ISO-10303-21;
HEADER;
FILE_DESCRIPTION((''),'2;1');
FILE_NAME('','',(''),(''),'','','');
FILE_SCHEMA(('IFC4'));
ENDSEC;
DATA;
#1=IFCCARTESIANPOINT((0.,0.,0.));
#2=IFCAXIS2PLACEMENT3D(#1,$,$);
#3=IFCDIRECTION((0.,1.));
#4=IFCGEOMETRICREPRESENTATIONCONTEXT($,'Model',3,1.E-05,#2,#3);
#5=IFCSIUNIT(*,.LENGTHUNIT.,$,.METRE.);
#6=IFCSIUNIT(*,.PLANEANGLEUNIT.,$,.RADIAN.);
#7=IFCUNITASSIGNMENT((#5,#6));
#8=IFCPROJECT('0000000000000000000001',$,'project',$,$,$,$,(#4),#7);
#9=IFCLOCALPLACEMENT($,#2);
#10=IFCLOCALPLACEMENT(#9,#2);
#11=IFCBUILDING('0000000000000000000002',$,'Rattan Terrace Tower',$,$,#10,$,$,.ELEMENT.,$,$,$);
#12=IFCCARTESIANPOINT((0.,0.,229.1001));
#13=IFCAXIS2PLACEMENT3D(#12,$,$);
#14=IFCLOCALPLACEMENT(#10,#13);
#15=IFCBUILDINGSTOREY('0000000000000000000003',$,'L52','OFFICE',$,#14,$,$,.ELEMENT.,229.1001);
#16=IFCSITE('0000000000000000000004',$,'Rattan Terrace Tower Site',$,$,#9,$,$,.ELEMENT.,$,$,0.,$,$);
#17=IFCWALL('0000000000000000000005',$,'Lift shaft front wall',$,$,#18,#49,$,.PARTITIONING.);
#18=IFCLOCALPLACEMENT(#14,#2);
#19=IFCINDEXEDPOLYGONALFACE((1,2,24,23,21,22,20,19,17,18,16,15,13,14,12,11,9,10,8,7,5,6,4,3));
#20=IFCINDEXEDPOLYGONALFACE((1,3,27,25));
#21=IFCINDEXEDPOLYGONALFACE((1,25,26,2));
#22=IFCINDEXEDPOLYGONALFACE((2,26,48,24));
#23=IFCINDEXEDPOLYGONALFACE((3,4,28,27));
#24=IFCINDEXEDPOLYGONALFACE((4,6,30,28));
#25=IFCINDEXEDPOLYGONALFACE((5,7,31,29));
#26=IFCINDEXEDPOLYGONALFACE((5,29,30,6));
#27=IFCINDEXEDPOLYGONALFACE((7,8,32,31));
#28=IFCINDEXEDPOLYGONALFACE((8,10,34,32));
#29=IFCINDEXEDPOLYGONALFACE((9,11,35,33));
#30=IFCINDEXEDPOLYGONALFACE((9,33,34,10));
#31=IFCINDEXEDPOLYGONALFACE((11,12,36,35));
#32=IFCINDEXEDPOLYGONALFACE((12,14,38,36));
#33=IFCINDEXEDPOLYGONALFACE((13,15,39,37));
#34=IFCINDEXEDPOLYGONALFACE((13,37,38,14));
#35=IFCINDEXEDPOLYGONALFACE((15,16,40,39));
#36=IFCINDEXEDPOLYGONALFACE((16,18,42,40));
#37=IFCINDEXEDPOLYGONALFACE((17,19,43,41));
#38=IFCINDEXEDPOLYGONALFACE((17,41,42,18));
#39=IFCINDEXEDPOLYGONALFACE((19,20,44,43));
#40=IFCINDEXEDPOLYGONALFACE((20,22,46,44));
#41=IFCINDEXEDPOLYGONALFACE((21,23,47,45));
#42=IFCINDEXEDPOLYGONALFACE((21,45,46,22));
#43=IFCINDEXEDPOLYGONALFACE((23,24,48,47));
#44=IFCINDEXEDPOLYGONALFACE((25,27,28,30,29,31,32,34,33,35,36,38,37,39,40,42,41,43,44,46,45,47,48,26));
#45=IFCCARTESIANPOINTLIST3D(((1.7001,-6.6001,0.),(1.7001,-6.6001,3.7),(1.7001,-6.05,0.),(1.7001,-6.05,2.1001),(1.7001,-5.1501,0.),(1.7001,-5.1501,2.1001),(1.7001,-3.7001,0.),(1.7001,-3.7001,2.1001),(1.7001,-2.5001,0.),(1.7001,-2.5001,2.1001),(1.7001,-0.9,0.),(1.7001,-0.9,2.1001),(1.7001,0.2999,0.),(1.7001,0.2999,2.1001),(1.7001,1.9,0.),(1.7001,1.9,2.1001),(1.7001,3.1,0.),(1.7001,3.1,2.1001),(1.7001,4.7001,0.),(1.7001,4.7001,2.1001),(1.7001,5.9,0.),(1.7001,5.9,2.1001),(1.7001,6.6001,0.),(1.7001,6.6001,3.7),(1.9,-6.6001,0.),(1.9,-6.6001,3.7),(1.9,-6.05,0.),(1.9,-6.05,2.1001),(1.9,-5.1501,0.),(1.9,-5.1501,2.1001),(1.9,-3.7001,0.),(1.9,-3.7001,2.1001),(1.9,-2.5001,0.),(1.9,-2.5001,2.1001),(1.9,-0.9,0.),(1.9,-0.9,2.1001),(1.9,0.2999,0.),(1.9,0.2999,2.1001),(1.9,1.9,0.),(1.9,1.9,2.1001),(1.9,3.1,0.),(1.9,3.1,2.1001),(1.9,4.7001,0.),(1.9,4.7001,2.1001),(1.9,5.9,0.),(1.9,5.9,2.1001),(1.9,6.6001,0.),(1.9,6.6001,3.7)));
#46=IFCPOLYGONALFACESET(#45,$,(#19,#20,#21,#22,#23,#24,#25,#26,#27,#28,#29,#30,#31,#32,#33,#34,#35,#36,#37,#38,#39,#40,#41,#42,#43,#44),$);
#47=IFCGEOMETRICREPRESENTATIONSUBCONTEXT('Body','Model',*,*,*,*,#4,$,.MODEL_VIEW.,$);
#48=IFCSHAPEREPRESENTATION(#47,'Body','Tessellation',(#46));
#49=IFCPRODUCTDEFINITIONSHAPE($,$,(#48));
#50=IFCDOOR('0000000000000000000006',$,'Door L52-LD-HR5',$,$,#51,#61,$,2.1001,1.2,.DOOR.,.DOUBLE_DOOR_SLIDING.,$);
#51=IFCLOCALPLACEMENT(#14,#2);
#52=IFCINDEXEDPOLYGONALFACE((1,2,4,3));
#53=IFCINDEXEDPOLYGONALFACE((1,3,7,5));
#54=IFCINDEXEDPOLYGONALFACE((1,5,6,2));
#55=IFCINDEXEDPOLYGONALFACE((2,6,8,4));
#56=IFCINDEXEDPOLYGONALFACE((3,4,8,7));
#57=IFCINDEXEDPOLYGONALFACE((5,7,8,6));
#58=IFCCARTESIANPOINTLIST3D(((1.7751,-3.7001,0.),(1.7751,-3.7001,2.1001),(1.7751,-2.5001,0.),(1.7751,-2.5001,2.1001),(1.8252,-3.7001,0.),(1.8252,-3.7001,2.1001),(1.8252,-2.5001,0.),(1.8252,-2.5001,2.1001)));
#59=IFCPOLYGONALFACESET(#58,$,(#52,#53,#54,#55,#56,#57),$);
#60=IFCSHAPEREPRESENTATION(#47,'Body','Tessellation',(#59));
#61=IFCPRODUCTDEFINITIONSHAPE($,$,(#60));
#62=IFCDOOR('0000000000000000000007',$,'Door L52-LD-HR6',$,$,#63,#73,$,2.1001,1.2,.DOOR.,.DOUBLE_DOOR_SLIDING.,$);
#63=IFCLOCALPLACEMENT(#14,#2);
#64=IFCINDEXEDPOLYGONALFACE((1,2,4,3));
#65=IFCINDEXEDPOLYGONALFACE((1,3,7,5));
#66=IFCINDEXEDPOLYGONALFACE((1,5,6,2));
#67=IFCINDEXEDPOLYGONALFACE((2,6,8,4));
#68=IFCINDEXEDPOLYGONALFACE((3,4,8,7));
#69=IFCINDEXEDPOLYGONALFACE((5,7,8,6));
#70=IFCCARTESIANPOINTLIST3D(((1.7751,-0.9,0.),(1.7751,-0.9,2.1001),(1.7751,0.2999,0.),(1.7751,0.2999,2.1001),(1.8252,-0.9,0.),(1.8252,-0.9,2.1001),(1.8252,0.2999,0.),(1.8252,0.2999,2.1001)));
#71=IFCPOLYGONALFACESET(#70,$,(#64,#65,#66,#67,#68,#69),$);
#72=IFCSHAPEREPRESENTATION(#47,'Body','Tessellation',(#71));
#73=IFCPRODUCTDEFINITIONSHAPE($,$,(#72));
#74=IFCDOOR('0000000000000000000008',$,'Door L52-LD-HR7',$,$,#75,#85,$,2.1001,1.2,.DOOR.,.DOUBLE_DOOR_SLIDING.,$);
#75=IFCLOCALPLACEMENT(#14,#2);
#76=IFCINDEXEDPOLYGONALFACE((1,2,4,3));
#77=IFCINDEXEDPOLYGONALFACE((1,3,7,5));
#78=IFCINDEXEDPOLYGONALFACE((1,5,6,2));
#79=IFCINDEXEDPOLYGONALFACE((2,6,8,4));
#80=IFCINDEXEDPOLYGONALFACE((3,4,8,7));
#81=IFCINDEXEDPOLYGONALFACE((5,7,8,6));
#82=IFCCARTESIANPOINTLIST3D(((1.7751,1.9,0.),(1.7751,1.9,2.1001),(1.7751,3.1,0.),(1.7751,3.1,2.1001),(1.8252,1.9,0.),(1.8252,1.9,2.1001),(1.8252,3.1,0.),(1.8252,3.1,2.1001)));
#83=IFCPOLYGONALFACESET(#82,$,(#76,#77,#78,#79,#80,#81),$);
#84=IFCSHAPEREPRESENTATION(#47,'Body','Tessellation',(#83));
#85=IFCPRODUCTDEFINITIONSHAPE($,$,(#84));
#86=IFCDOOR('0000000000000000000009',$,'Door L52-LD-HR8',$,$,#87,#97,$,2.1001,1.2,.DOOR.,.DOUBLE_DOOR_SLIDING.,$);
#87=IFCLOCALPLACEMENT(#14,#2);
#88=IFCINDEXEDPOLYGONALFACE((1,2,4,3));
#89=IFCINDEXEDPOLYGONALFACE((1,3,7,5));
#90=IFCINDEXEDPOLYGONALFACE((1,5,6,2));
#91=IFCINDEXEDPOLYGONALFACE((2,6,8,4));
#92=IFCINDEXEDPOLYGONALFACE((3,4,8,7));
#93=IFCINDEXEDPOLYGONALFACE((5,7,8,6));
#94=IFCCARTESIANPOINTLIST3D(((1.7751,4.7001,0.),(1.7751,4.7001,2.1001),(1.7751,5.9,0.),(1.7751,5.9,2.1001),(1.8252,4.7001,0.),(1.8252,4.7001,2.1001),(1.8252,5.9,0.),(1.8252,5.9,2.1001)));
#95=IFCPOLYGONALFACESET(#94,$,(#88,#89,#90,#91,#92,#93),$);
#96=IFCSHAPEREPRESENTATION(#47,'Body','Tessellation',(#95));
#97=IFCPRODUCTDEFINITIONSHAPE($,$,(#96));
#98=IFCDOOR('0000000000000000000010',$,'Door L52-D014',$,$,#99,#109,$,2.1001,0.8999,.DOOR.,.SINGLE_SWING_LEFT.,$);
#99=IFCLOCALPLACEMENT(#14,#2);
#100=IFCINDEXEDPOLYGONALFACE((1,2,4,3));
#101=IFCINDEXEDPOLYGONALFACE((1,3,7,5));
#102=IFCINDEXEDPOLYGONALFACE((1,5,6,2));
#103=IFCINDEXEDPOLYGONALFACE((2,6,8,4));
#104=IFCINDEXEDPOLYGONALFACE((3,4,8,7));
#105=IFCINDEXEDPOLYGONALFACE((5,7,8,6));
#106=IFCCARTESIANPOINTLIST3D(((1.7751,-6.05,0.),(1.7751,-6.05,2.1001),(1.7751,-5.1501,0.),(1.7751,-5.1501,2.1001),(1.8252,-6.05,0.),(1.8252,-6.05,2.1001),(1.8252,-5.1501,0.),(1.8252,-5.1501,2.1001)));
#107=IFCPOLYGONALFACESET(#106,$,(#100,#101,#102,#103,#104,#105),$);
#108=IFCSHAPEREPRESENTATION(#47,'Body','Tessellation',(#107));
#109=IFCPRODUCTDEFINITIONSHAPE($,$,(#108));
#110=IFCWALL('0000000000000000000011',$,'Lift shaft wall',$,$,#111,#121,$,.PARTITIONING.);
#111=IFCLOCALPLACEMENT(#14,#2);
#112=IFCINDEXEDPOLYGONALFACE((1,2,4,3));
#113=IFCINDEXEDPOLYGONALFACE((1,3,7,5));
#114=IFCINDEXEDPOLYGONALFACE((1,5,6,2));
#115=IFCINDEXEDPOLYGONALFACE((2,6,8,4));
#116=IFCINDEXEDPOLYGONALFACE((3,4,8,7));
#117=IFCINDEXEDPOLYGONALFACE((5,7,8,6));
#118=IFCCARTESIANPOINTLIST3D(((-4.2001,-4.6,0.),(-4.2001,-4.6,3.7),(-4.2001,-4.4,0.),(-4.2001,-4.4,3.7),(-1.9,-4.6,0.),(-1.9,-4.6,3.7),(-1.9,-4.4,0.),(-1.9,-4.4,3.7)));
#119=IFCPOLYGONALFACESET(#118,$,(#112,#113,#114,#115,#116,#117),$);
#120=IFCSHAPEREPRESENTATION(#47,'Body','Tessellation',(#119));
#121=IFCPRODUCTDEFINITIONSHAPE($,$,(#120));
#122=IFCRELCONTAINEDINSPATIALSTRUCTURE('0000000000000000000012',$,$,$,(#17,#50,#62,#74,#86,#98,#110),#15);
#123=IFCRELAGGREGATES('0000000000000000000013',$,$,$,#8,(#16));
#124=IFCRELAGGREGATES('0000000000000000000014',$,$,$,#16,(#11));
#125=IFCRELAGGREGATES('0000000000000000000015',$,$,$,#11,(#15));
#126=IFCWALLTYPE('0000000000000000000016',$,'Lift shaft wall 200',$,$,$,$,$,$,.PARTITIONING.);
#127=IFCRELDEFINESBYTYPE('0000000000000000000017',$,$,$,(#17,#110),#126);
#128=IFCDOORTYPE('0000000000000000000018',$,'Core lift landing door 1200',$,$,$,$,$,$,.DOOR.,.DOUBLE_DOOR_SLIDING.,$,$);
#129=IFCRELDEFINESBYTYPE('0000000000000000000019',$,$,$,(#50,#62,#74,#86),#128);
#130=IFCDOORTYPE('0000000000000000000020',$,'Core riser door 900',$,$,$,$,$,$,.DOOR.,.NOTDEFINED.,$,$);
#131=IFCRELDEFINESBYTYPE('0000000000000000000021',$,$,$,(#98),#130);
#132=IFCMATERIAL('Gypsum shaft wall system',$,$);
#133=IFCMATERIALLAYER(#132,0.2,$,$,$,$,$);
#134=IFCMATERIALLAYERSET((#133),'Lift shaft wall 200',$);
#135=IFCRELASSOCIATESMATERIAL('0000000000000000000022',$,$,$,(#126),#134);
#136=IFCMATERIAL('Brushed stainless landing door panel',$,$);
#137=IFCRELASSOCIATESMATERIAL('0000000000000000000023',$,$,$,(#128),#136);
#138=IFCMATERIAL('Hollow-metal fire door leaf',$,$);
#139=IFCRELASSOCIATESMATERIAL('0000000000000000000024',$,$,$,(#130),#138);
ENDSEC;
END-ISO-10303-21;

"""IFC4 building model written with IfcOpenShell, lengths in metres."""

from ifc_helpers import new_model, si_unit, direction, frame, frame_2d, origin, place, context, subcontext, project, spatial, rectangle, extrude, material, layer, layer_set, type_object, element, fill, save


model = new_model("IFC4")

# Units and contexts
model_context = context("Model", 3, precision=1e-05, world=origin(), true_north=direction((0.0, 1.0)))
body_context = subcontext(model_context, "Body", "Model", "MODEL_VIEW")
ifc_project = project(units=[si_unit("LENGTHUNIT", "METRE"), si_unit("PLANEANGLEUNIT", "RADIAN")], contexts=[model_context])

# Site, building, storey
site_placement = place(None, origin())
site = spatial("IfcSite", under=ifc_project, at=site_placement, Name="Rattan Terrace Tower Site", CompositionType="ELEMENT", RefElevation=0.0)
building_placement = place(site_placement, origin())
building = spatial("IfcBuilding", under=site, at=building_placement, Name="Rattan Terrace Tower", CompositionType="ELEMENT")
storey_placement = place(building_placement, frame((0.0, 0.0, 229.1001)))
storey = spatial("IfcBuildingStorey", under=building, at=storey_placement, Name="L52", Description="OFFICE", CompositionType="ELEMENT", Elevation=229.1001)

# Wall, openings, doors
ifc_material_1 = material(Name="Gypsum shaft wall system")
ifc_layer_1 = layer(ifc_material_1, 0.2)
ifc_layer_set_1 = layer_set([ifc_layer_1], Name="Lift shaft wall 200")
wall_type_1 = type_object("IfcWallType", Name="Lift shaft wall 200", PredefinedType="PARTITIONING", material=ifc_layer_set_1)
ifc_material_2 = material(Name="Brushed stainless landing door panel")
door_type_1 = type_object("IfcDoorType", Name="Core lift landing door 1200", OperationType="DOUBLE_DOOR_SLIDING", PredefinedType="DOOR", material=ifc_material_2)
ifc_material_3 = material(Name="Hollow-metal fire door leaf")
door_type_2 = type_object("IfcDoorType", Name="Core riser door 900", OperationType="NOTDEFINED", PredefinedType="DOOR", material=ifc_material_3)
wall_1_placement = place(storey_placement, frame((1.8, -6.6001, 0.0), z_axis=(0.0, 0.0, 1.0), x_axis=(0.0, 1.0, 0.0)))
wall_1 = element("IfcWall", 1, at=wall_1_placement, inside=storey, type_object=wall_type_1, Name="Lift shaft front wall", PredefinedType="PARTITIONING", context=body_context, shape_type="SweptSolid", body=[
    extrude(rectangle(XDim=13.2002, YDim=0.2, at=frame_2d((6.6001, 0.0))), origin(), (0.0, 0.0, 1.0), 3.7),
])
opening_1_placement = place(wall_1_placement, frame((0.55, 0.0, 0.0)))
opening_1 = element("IfcOpeningElement", 2, at=opening_1_placement, cuts=wall_1, PredefinedType="OPENING", context=body_context, shape_type="SweptSolid", body=[
    extrude(rectangle(XDim=0.8999, YDim=2.1001, at=frame_2d((0.45, 1.05))), frame((0.0, 0.1106, 0.0), z_axis=(0.0, -1.0, 0.0), x_axis=(1.0, 0.0, 0.0)), (0.0, 0.0, 1.0), 0.2209),
])
opening_2_placement = place(wall_1_placement, frame((2.8999, 0.0, 0.0)))
opening_2 = element("IfcOpeningElement", 3, at=opening_2_placement, cuts=wall_1, PredefinedType="OPENING", context=body_context, shape_type="SweptSolid", body=[
    extrude(rectangle(XDim=1.2, YDim=2.1001, at=frame_2d((0.6001, 1.05))), frame((0.0, 0.1106, 0.0), z_axis=(0.0, -1.0, 0.0), x_axis=(1.0, 0.0, 0.0)), (0.0, 0.0, 1.0), 0.2209),
])
opening_3_placement = place(wall_1_placement, frame((5.7, 0.0, 0.0)))
opening_3 = element("IfcOpeningElement", 4, at=opening_3_placement, cuts=wall_1, PredefinedType="OPENING", context=body_context, shape_type="SweptSolid", body=[
    extrude(rectangle(XDim=1.2, YDim=2.1001, at=frame_2d((0.6001, 1.05))), frame((0.0, 0.1106, 0.0), z_axis=(0.0, -1.0, 0.0), x_axis=(1.0, 0.0, 0.0)), (0.0, 0.0, 1.0), 0.2209),
])
opening_4_placement = place(wall_1_placement, frame((8.5, 0.0, 0.0)))
opening_4 = element("IfcOpeningElement", 5, at=opening_4_placement, cuts=wall_1, PredefinedType="OPENING", context=body_context, shape_type="SweptSolid", body=[
    extrude(rectangle(XDim=1.2, YDim=2.1001, at=frame_2d((0.6001, 1.05))), frame((0.0, 0.1106, 0.0), z_axis=(0.0, -1.0, 0.0), x_axis=(1.0, 0.0, 0.0)), (0.0, 0.0, 1.0), 0.2209),
])
opening_5_placement = place(wall_1_placement, frame((11.3, 0.0, 0.0)))
opening_5 = element("IfcOpeningElement", 6, at=opening_5_placement, cuts=wall_1, PredefinedType="OPENING", context=body_context, shape_type="SweptSolid", body=[
    extrude(rectangle(XDim=1.2, YDim=2.1001, at=frame_2d((0.6001, 1.05))), frame((0.0, 0.1106, 0.0), z_axis=(0.0, -1.0, 0.0), x_axis=(1.0, 0.0, 0.0)), (0.0, 0.0, 1.0), 0.2209),
])
door_1_placement = place(opening_2_placement, origin())
door_1 = element("IfcDoor", 7, at=door_1_placement, inside=storey, type_object=door_type_1, Name="Door L52-LD-HR5", OperationType="DOUBLE_DOOR_SLIDING", OverallHeight=2.1001, OverallWidth=1.2, PredefinedType="DOOR", context=body_context, shape_type="SweptSolid", body=[
    extrude(rectangle(XDim=1.2, YDim=2.1001, at=frame_2d((0.6001, 1.05))), frame((0.0, 0.0249, 0.0), z_axis=(0.0, -1.0, 0.0), x_axis=(1.0, 0.0, 0.0)), (0.0, 0.0, 1.0), 0.05),
])
fill(opening_2, door_1)
door_2_placement = place(opening_3_placement, origin())
door_2 = element("IfcDoor", 8, at=door_2_placement, inside=storey, type_object=door_type_1, Name="Door L52-LD-HR6", OperationType="DOUBLE_DOOR_SLIDING", OverallHeight=2.1001, OverallWidth=1.2, PredefinedType="DOOR", context=body_context, shape_type="SweptSolid", body=[
    extrude(rectangle(XDim=1.2, YDim=2.1001, at=frame_2d((0.6001, 1.05))), frame((0.0, 0.0249, 0.0), z_axis=(0.0, -1.0, 0.0), x_axis=(1.0, 0.0, 0.0)), (0.0, 0.0, 1.0), 0.05),
])
fill(opening_3, door_2)
door_3_placement = place(opening_4_placement, origin())
door_3 = element("IfcDoor", 9, at=door_3_placement, inside=storey, type_object=door_type_1, Name="Door L52-LD-HR7", OperationType="DOUBLE_DOOR_SLIDING", OverallHeight=2.1001, OverallWidth=1.2, PredefinedType="DOOR", context=body_context, shape_type="SweptSolid", body=[
    extrude(rectangle(XDim=1.2, YDim=2.1001, at=frame_2d((0.6001, 1.05))), frame((0.0, 0.0249, 0.0), z_axis=(0.0, -1.0, 0.0), x_axis=(1.0, 0.0, 0.0)), (0.0, 0.0, 1.0), 0.05),
])
fill(opening_4, door_3)
door_4_placement = place(opening_5_placement, origin())
door_4 = element("IfcDoor", 10, at=door_4_placement, inside=storey, type_object=door_type_1, Name="Door L52-LD-HR8", OperationType="DOUBLE_DOOR_SLIDING", OverallHeight=2.1001, OverallWidth=1.2, PredefinedType="DOOR", context=body_context, shape_type="SweptSolid", body=[
    extrude(rectangle(XDim=1.2, YDim=2.1001, at=frame_2d((0.6001, 1.05))), frame((0.0, 0.0249, 0.0), z_axis=(0.0, -1.0, 0.0), x_axis=(1.0, 0.0, 0.0)), (0.0, 0.0, 1.0), 0.05),
])
fill(opening_5, door_4)
door_5_placement = place(opening_1_placement, origin())
door_5 = element("IfcDoor", 11, at=door_5_placement, inside=storey, type_object=door_type_2, Name="Door L52-D014", OperationType="SINGLE_SWING_LEFT", OverallHeight=2.1001, OverallWidth=0.8999, PredefinedType="DOOR", context=body_context, shape_type="SweptSolid", body=[
    extrude(rectangle(XDim=0.8999, YDim=2.1001, at=frame_2d((0.45, 1.05))), frame((0.0, 0.0249, 0.0), z_axis=(0.0, -1.0, 0.0), x_axis=(1.0, 0.0, 0.0)), (0.0, 0.0, 1.0), 0.05),
])
fill(opening_1, door_5)

# Wall
wall_2_placement = place(storey_placement, frame((-4.2, -4.5, 0.0), z_axis=(0.0, 0.0, 1.0), x_axis=(1.0, 0.0, 0.0)))
element("IfcWall", 12, at=wall_2_placement, inside=storey, type_object=wall_type_1, Name="Lift shaft wall", PredefinedType="PARTITIONING", context=body_context, shape_type="SweptSolid", body=[
    extrude(rectangle(XDim=2.3, YDim=0.2, at=frame_2d((1.1499, 0.0))), origin(), (0.0, 0.0, 1.0), 3.7),
])

save(model, "model.ifc")
